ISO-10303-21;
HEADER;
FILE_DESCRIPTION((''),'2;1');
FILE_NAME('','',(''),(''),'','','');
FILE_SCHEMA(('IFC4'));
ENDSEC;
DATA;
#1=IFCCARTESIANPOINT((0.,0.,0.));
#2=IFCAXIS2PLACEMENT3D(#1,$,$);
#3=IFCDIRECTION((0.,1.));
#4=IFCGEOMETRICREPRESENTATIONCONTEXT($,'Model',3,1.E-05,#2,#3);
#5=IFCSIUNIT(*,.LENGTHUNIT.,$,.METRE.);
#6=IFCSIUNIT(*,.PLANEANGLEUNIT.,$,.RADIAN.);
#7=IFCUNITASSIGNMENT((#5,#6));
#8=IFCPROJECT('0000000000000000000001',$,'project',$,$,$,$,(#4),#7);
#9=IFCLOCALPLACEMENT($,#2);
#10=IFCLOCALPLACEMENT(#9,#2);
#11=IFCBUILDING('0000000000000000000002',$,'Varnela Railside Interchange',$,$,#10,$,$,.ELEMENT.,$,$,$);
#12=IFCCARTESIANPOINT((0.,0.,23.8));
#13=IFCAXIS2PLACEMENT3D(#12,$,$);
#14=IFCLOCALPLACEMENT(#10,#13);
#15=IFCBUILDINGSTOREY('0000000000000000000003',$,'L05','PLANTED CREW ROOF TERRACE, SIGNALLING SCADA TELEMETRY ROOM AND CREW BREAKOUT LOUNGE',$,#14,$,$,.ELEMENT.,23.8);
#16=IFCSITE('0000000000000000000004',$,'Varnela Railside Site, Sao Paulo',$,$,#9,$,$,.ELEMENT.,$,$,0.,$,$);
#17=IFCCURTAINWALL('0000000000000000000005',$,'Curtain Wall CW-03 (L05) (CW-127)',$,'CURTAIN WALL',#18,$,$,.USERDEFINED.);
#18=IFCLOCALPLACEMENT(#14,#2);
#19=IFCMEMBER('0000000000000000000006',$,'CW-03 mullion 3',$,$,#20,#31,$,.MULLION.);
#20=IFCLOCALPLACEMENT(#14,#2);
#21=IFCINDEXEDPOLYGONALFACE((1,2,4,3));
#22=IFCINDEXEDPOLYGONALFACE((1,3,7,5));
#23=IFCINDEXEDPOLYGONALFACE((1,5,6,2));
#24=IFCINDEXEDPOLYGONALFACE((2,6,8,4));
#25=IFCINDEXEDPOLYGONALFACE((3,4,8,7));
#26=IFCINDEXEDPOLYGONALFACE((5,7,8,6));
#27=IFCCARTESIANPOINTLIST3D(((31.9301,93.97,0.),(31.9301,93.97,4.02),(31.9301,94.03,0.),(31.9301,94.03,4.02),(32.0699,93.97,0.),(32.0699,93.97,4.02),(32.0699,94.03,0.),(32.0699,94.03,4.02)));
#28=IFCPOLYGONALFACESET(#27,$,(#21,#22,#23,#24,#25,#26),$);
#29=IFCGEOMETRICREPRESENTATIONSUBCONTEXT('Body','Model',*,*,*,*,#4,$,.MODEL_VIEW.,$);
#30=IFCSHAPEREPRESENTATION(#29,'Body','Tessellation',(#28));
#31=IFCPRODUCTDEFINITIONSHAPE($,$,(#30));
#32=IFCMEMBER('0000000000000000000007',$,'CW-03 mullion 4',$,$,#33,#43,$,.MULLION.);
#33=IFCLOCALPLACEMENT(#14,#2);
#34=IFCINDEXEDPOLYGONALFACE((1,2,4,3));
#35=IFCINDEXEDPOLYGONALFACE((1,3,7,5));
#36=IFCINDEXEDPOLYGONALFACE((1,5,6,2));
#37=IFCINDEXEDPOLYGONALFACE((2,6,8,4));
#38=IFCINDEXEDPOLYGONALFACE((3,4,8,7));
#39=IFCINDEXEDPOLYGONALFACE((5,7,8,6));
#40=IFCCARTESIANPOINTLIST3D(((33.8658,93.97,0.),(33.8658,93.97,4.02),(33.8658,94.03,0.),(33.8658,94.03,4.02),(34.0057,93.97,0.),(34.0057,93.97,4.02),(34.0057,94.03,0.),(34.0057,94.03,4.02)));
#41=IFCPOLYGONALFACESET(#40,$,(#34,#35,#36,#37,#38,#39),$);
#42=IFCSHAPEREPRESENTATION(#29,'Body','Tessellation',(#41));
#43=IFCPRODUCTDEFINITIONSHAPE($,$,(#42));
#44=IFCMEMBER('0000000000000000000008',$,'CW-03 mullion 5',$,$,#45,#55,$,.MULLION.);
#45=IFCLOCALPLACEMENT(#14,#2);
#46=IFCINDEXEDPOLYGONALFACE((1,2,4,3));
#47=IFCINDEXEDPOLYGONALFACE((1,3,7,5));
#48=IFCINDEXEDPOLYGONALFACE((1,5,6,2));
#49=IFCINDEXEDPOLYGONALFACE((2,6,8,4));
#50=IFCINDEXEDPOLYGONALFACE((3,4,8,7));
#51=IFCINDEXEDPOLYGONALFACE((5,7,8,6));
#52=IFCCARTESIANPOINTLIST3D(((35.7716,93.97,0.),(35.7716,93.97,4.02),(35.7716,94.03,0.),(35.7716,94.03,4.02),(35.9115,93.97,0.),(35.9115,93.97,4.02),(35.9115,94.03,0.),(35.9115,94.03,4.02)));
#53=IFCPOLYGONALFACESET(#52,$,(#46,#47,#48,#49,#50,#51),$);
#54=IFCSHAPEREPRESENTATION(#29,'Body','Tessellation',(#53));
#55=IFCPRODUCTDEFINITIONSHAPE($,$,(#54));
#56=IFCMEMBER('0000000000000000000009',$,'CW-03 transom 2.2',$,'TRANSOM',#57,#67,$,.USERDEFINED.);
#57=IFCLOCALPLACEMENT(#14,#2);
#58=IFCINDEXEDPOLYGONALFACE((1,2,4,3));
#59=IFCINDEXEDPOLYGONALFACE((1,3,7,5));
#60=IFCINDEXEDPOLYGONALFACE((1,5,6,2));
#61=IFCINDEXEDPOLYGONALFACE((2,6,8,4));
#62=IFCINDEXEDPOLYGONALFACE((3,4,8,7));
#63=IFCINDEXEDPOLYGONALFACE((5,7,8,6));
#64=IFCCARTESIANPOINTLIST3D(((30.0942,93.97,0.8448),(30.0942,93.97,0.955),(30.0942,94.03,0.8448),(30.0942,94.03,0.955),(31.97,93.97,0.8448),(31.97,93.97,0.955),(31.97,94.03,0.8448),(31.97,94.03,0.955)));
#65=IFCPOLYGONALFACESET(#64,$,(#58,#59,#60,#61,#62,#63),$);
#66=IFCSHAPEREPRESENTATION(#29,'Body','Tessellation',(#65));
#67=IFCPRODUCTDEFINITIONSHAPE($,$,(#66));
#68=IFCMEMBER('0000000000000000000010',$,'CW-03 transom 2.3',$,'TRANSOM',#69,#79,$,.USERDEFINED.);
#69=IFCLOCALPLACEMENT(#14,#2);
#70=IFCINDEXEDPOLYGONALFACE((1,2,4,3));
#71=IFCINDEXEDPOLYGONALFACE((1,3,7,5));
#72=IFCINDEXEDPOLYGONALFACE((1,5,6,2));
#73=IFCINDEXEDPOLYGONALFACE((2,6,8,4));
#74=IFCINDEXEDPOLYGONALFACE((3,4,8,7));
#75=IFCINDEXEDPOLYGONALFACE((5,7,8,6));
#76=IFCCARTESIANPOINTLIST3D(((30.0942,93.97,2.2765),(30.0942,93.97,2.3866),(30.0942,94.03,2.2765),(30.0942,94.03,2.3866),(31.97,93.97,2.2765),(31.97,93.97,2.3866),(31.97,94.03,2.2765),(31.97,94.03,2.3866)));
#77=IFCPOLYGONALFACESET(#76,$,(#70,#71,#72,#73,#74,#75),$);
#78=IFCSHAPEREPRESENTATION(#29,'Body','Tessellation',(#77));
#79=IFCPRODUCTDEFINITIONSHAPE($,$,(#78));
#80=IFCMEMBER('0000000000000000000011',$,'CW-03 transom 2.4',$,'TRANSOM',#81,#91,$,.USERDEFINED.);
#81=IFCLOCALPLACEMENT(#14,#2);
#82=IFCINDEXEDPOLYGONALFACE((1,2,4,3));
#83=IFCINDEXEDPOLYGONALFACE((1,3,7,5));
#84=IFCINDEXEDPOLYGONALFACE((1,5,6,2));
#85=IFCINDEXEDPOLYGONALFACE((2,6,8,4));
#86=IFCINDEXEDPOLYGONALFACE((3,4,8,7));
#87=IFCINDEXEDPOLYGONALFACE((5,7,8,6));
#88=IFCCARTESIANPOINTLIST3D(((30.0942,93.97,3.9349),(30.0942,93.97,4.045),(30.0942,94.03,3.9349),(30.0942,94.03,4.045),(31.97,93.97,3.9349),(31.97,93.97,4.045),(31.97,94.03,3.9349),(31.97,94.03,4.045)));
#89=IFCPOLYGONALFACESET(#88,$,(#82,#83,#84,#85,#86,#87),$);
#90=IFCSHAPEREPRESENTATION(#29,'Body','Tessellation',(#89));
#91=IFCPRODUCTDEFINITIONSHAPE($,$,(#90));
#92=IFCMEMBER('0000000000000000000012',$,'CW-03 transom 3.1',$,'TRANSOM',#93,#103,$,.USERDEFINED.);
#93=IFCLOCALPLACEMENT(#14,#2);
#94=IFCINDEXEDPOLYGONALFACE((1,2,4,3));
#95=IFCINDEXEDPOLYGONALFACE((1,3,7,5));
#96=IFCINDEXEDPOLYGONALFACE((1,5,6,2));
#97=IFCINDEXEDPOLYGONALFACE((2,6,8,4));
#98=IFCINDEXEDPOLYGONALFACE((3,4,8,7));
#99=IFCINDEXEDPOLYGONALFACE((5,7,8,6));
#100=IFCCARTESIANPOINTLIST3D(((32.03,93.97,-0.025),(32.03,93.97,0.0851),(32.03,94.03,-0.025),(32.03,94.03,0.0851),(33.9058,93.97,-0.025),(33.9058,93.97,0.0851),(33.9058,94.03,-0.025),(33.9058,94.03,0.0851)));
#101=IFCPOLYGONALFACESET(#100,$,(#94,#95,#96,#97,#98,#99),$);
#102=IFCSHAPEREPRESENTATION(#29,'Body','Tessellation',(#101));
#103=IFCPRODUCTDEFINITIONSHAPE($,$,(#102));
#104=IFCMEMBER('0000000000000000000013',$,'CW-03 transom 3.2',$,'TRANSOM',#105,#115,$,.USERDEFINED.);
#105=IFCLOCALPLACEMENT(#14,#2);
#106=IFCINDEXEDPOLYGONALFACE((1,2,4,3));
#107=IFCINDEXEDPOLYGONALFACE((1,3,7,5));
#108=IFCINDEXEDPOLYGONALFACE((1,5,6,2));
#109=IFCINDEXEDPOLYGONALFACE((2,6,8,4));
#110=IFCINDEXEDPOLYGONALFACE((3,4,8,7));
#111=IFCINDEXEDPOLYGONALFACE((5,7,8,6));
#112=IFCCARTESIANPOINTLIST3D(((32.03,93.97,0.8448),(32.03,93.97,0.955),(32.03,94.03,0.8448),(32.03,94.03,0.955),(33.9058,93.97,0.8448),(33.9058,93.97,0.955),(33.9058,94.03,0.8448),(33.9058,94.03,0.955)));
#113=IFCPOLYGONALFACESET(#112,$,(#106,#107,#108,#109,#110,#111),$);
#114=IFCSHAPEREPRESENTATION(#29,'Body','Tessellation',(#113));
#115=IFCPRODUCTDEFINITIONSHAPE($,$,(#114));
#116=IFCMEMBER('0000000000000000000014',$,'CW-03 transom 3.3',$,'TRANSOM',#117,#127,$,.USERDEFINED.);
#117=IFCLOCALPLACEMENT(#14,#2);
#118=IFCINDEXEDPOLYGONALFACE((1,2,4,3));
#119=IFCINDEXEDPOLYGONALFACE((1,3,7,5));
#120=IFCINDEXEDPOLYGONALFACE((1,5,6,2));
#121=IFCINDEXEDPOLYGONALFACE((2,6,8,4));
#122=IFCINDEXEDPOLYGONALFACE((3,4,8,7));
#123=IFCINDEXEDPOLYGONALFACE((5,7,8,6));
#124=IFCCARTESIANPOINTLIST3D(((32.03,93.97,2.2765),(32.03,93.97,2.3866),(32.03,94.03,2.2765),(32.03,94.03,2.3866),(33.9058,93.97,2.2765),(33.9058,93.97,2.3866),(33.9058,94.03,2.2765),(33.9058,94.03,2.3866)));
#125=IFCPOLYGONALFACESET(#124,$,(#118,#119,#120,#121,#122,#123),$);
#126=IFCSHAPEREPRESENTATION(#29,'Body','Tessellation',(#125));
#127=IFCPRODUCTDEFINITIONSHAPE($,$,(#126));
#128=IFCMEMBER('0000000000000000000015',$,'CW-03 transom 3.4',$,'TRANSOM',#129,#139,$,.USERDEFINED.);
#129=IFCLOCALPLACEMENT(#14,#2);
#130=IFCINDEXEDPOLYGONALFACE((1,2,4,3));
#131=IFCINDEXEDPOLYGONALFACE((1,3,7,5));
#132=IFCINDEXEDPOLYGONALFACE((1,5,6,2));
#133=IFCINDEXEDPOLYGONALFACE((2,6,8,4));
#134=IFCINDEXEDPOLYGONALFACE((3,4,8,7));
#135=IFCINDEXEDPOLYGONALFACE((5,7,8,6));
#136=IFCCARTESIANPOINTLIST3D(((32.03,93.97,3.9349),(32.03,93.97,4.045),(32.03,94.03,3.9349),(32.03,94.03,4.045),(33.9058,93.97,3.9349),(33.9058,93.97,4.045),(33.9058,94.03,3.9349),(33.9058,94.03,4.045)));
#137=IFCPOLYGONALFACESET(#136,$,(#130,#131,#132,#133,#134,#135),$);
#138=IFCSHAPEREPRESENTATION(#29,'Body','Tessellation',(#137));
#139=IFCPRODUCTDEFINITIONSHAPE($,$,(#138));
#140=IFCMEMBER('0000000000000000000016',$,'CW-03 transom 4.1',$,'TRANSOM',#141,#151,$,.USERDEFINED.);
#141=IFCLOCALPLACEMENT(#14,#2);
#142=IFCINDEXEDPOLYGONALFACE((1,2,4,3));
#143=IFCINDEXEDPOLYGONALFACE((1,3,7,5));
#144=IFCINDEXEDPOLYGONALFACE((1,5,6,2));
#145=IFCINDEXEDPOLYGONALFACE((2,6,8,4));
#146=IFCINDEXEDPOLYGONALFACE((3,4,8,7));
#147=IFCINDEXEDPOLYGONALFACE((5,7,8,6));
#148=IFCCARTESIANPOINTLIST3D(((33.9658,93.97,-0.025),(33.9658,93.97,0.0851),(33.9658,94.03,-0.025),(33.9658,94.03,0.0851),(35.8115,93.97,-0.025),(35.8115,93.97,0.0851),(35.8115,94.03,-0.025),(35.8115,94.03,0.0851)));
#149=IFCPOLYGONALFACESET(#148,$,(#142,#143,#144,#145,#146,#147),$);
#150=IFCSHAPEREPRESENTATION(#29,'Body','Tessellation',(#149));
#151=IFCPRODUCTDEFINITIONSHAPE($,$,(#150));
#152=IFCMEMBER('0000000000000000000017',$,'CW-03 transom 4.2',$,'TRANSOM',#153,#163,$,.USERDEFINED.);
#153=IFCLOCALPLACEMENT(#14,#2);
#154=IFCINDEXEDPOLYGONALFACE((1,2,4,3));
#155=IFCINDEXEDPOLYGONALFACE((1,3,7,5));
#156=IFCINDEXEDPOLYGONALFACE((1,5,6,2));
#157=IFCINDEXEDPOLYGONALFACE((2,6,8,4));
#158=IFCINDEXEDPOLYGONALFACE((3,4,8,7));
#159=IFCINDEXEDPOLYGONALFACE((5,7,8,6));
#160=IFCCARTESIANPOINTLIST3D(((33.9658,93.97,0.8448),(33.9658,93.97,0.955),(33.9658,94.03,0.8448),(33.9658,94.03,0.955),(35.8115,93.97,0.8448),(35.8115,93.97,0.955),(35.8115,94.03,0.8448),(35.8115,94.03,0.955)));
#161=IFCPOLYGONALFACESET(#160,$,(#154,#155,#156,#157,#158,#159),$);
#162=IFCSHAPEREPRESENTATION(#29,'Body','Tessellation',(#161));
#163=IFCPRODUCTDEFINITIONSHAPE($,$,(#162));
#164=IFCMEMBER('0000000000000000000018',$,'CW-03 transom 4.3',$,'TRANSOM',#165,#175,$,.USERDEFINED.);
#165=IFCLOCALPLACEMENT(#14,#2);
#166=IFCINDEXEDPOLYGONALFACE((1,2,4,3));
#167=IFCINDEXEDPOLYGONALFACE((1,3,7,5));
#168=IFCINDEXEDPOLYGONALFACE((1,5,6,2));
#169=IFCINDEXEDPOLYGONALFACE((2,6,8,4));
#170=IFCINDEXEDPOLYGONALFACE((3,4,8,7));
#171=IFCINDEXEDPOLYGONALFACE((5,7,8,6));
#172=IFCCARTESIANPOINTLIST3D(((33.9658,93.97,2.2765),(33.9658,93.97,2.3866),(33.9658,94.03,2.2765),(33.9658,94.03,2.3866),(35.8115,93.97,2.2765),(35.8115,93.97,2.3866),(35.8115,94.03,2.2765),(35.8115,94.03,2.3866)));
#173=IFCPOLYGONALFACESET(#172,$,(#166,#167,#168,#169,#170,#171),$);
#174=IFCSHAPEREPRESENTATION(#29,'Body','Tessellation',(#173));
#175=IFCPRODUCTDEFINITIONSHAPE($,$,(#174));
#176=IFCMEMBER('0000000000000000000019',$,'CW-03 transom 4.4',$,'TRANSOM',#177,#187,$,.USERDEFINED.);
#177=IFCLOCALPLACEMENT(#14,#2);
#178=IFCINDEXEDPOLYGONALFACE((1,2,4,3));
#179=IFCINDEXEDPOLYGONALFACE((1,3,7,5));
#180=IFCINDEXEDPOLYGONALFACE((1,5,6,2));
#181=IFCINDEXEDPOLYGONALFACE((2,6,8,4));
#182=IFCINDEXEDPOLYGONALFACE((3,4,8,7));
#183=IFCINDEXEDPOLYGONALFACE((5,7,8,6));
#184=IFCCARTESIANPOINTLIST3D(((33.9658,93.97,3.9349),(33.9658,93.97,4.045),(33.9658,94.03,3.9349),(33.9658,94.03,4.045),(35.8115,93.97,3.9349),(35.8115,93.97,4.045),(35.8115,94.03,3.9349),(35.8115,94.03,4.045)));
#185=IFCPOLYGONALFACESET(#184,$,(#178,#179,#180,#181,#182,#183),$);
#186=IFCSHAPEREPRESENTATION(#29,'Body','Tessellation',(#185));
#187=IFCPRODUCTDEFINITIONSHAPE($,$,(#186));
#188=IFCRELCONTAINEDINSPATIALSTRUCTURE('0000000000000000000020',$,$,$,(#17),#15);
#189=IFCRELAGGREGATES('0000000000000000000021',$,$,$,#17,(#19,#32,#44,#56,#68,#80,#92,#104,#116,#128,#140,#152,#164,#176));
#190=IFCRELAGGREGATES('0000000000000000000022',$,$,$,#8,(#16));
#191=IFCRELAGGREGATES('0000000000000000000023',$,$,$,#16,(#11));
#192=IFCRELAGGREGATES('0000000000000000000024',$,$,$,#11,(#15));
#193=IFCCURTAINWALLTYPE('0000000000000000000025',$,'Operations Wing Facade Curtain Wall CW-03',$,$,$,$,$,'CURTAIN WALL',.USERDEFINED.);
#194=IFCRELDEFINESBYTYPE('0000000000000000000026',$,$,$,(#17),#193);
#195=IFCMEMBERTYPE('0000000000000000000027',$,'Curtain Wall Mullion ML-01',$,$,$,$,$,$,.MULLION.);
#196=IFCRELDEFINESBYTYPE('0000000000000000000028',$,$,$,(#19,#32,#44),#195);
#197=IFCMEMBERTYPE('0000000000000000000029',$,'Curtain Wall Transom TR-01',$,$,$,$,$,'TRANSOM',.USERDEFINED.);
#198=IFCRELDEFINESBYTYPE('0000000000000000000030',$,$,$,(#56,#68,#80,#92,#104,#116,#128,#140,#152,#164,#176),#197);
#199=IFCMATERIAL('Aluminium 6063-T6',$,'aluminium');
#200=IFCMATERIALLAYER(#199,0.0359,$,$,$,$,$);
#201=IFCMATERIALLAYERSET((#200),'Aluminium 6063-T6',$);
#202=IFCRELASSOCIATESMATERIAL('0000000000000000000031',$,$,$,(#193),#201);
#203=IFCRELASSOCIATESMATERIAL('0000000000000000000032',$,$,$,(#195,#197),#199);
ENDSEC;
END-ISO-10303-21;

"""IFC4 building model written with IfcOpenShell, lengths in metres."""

from ifc_helpers import new_model, si_unit, direction, frame, origin, origin_2d, place, context, subcontext, project, spatial, rectangle, extrude, material, layer, layer_set, material_profile, profile_set, type_object, element, aggregate, save


model = new_model("IFC4")

# Units and contexts
model_context = context("Model", 3, precision=1e-05, world=origin(), true_north=direction((0.0, 1.0)))
body_context = subcontext(model_context, "Body", "Model", "MODEL_VIEW")
ifc_project = project(units=[si_unit("LENGTHUNIT", "METRE"), si_unit("PLANEANGLEUNIT", "RADIAN")], contexts=[model_context])

# Site, building, storey
site_placement = place(None, origin())
site = spatial("IfcSite", under=ifc_project, at=site_placement, Name="Varnela Railside Site, Sao Paulo", CompositionType="ELEMENT", RefElevation=0.0)
building_placement = place(site_placement, origin())
building = spatial("IfcBuilding", under=site, at=building_placement, Name="Varnela Railside Interchange", CompositionType="ELEMENT")
storey_placement = place(building_placement, frame((0.0, 0.0, 23.8)))
storey = spatial("IfcBuildingStorey", under=building, at=storey_placement, Name="L05", Description="PLANTED CREW ROOF TERRACE, SIGNALLING SCADA TELEMETRY ROOM AND CREW BREAKOUT LOUNGE", CompositionType="ELEMENT", Elevation=23.8)

# Curtain wall, members
ifc_material_1 = material(Name="Aluminium 6063-T6", Category="aluminium")
ifc_layer_1 = layer(ifc_material_1, 0.0359)
ifc_layer_set_1 = layer_set([ifc_layer_1], Name="Aluminium 6063-T6")
curtain_wall_type = type_object("IfcCurtainWallType", Name="Operations Wing Facade Curtain Wall CW-03", ElementType="CURTAIN WALL", PredefinedType="USERDEFINED", material=ifc_layer_set_1)
curtain_wall_placement = place(storey_placement, origin())
curtain_wall = element("IfcCurtainWall", 1, at=curtain_wall_placement, inside=storey, type_object=curtain_wall_type, Name="Curtain Wall CW-03 (L05) (CW-127)", ObjectType="CURTAIN WALL", PredefinedType="USERDEFINED")
ifc_material_profile_1 = material_profile(ifc_material_1, rectangle(XDim=0.0601, YDim=0.1399, at=origin_2d()), Name="ALU 60x140")
ifc_profile_set_1 = profile_set([ifc_material_profile_1], Name="Aluminium 6063-T6")
member_type_1 = type_object("IfcMemberType", Name="Curtain Wall Mullion ML-01", PredefinedType="MULLION", material=ifc_profile_set_1)
member_1_placement = place(storey_placement, frame((32.0, 94.0, 0.0), z_axis=(0.0, 0.0, 1.0), x_axis=(0.0, 1.0, 0.0)))
member_1 = element("IfcMember", 2, at=member_1_placement, type_object=member_type_1, Name="CW-03 mullion 3", PredefinedType="MULLION", context=body_context, shape_type="SweptSolid", body=[
    extrude(rectangle(XDim=0.0601, YDim=0.1399, at=origin_2d()), origin(), (0.0, 0.0, 1.0), 4.02),
])
member_2_placement = place(storey_placement, frame((33.9358, 94.0, 0.0), z_axis=(0.0, 0.0, 1.0), x_axis=(0.0, 1.0, 0.0)))
member_2 = element("IfcMember", 3, at=member_2_placement, type_object=member_type_1, Name="CW-03 mullion 4", PredefinedType="MULLION", context=body_context, shape_type="SweptSolid", body=[
    extrude(rectangle(XDim=0.0601, YDim=0.1399, at=origin_2d()), origin(), (0.0, 0.0, 1.0), 4.02),
])
member_3_placement = place(storey_placement, frame((35.8416, 94.0, 0.0), z_axis=(0.0, 0.0, 1.0), x_axis=(0.0, 1.0, 0.0)))
member_3 = element("IfcMember", 4, at=member_3_placement, type_object=member_type_1, Name="CW-03 mullion 5", PredefinedType="MULLION", context=body_context, shape_type="SweptSolid", body=[
    extrude(rectangle(XDim=0.0601, YDim=0.1399, at=origin_2d()), origin(), (0.0, 0.0, 1.0), 4.02),
])
ifc_material_profile_2 = material_profile(ifc_material_1, rectangle(XDim=0.0601, YDim=0.1101, at=origin_2d()), Name="ALU 60x110")
ifc_profile_set_2 = profile_set([ifc_material_profile_2], Name="Aluminium 6063-T6")
member_type_2 = type_object("IfcMemberType", Name="Curtain Wall Transom TR-01", ElementType="TRANSOM", PredefinedType="USERDEFINED", material=ifc_profile_set_2)
member_4_placement = place(storey_placement, frame((30.0942, 94.0, 0.8999), z_axis=(1.0, 0.0, 0.0), x_axis=(0.0, 1.0, 0.0)))
member_4 = element("IfcMember", 5, at=member_4_placement, type_object=member_type_2, Name="CW-03 transom 2.2", ObjectType="TRANSOM", PredefinedType="USERDEFINED", context=body_context, shape_type="SweptSolid", body=[
    extrude(rectangle(XDim=0.0601, YDim=0.1101, at=origin_2d()), origin(), (0.0, 0.0, 1.0), 1.8757),
])
member_5_placement = place(storey_placement, frame((30.0942, 94.0, 2.3315), z_axis=(1.0, 0.0, 0.0), x_axis=(0.0, 1.0, 0.0)))
member_5 = element("IfcMember", 6, at=member_5_placement, type_object=member_type_2, Name="CW-03 transom 2.3", ObjectType="TRANSOM", PredefinedType="USERDEFINED", context=body_context, shape_type="SweptSolid", body=[
    extrude(rectangle(XDim=0.0601, YDim=0.1101, at=origin_2d()), origin(), (0.0, 0.0, 1.0), 1.8757),
])
member_6_placement = place(storey_placement, frame((30.0942, 94.0, 3.99), z_axis=(1.0, 0.0, 0.0), x_axis=(0.0, 1.0, 0.0)))
member_6 = element("IfcMember", 7, at=member_6_placement, type_object=member_type_2, Name="CW-03 transom 2.4", ObjectType="TRANSOM", PredefinedType="USERDEFINED", context=body_context, shape_type="SweptSolid", body=[
    extrude(rectangle(XDim=0.0601, YDim=0.1101, at=origin_2d()), origin(), (0.0, 0.0, 1.0), 1.8757),
])
member_7_placement = place(storey_placement, frame((32.03, 94.0, 0.03), z_axis=(1.0, 0.0, 0.0), x_axis=(0.0, 1.0, 0.0)))
member_7 = element("IfcMember", 8, at=member_7_placement, type_object=member_type_2, Name="CW-03 transom 3.1", ObjectType="TRANSOM", PredefinedType="USERDEFINED", context=body_context, shape_type="SweptSolid", body=[
    extrude(rectangle(XDim=0.0601, YDim=0.1101, at=origin_2d()), origin(), (0.0, 0.0, 1.0), 1.8757),
])
member_8_placement = place(storey_placement, frame((32.03, 94.0, 0.8999), z_axis=(1.0, 0.0, 0.0), x_axis=(0.0, 1.0, 0.0)))
member_8 = element("IfcMember", 9, at=member_8_placement, type_object=member_type_2, Name="CW-03 transom 3.2", ObjectType="TRANSOM", PredefinedType="USERDEFINED", context=body_context, shape_type="SweptSolid", body=[
    extrude(rectangle(XDim=0.0601, YDim=0.1101, at=origin_2d()), origin(), (0.0, 0.0, 1.0), 1.8757),
])
member_9_placement = place(storey_placement, frame((32.03, 94.0, 2.3315), z_axis=(1.0, 0.0, 0.0), x_axis=(0.0, 1.0, 0.0)))
member_9 = element("IfcMember", 10, at=member_9_placement, type_object=member_type_2, Name="CW-03 transom 3.3", ObjectType="TRANSOM", PredefinedType="USERDEFINED", context=body_context, shape_type="SweptSolid", body=[
    extrude(rectangle(XDim=0.0601, YDim=0.1101, at=origin_2d()), origin(), (0.0, 0.0, 1.0), 1.8757),
])
member_10_placement = place(storey_placement, frame((32.03, 94.0, 3.99), z_axis=(1.0, 0.0, 0.0), x_axis=(0.0, 1.0, 0.0)))
member_10 = element("IfcMember", 11, at=member_10_placement, type_object=member_type_2, Name="CW-03 transom 3.4", ObjectType="TRANSOM", PredefinedType="USERDEFINED", context=body_context, shape_type="SweptSolid", body=[
    extrude(rectangle(XDim=0.0601, YDim=0.1101, at=origin_2d()), origin(), (0.0, 0.0, 1.0), 1.8757),
])
member_11_placement = place(storey_placement, frame((33.9658, 94.0, 0.03), z_axis=(1.0, 0.0, 0.0), x_axis=(0.0, 1.0, 0.0)))
member_11 = element("IfcMember", 12, at=member_11_placement, type_object=member_type_2, Name="CW-03 transom 4.1", ObjectType="TRANSOM", PredefinedType="USERDEFINED", context=body_context, shape_type="SweptSolid", body=[
    extrude(rectangle(XDim=0.0601, YDim=0.1101, at=origin_2d()), origin(), (0.0, 0.0, 1.0), 1.8457),
])
member_12_placement = place(storey_placement, frame((33.9658, 94.0, 0.8999), z_axis=(1.0, 0.0, 0.0), x_axis=(0.0, 1.0, 0.0)))
member_12 = element("IfcMember", 13, at=member_12_placement, type_object=member_type_2, Name="CW-03 transom 4.2", ObjectType="TRANSOM", PredefinedType="USERDEFINED", context=body_context, shape_type="SweptSolid", body=[
    extrude(rectangle(XDim=0.0601, YDim=0.1101, at=origin_2d()), origin(), (0.0, 0.0, 1.0), 1.8457),
])
member_13_placement = place(storey_placement, frame((33.9658, 94.0, 2.3315), z_axis=(1.0, 0.0, 0.0), x_axis=(0.0, 1.0, 0.0)))
member_13 = element("IfcMember", 14, at=member_13_placement, type_object=member_type_2, Name="CW-03 transom 4.3", ObjectType="TRANSOM", PredefinedType="USERDEFINED", context=body_context, shape_type="SweptSolid", body=[
    extrude(rectangle(XDim=0.0601, YDim=0.1101, at=origin_2d()), origin(), (0.0, 0.0, 1.0), 1.8457),
])
member_14_placement = place(storey_placement, frame((33.9658, 94.0, 3.99), z_axis=(1.0, 0.0, 0.0), x_axis=(0.0, 1.0, 0.0)))
member_14 = element("IfcMember", 15, at=member_14_placement, type_object=member_type_2, Name="CW-03 transom 4.4", ObjectType="TRANSOM", PredefinedType="USERDEFINED", context=body_context, shape_type="SweptSolid", body=[
    extrude(rectangle(XDim=0.0601, YDim=0.1101, at=origin_2d()), origin(), (0.0, 0.0, 1.0), 1.8457),
])
aggregate(curtain_wall, [member_1, member_2, member_3, member_4, member_5, member_6, member_7, member_8, member_9, member_10, member_11, member_12, member_13, member_14])

save(model, "model.ifc")
